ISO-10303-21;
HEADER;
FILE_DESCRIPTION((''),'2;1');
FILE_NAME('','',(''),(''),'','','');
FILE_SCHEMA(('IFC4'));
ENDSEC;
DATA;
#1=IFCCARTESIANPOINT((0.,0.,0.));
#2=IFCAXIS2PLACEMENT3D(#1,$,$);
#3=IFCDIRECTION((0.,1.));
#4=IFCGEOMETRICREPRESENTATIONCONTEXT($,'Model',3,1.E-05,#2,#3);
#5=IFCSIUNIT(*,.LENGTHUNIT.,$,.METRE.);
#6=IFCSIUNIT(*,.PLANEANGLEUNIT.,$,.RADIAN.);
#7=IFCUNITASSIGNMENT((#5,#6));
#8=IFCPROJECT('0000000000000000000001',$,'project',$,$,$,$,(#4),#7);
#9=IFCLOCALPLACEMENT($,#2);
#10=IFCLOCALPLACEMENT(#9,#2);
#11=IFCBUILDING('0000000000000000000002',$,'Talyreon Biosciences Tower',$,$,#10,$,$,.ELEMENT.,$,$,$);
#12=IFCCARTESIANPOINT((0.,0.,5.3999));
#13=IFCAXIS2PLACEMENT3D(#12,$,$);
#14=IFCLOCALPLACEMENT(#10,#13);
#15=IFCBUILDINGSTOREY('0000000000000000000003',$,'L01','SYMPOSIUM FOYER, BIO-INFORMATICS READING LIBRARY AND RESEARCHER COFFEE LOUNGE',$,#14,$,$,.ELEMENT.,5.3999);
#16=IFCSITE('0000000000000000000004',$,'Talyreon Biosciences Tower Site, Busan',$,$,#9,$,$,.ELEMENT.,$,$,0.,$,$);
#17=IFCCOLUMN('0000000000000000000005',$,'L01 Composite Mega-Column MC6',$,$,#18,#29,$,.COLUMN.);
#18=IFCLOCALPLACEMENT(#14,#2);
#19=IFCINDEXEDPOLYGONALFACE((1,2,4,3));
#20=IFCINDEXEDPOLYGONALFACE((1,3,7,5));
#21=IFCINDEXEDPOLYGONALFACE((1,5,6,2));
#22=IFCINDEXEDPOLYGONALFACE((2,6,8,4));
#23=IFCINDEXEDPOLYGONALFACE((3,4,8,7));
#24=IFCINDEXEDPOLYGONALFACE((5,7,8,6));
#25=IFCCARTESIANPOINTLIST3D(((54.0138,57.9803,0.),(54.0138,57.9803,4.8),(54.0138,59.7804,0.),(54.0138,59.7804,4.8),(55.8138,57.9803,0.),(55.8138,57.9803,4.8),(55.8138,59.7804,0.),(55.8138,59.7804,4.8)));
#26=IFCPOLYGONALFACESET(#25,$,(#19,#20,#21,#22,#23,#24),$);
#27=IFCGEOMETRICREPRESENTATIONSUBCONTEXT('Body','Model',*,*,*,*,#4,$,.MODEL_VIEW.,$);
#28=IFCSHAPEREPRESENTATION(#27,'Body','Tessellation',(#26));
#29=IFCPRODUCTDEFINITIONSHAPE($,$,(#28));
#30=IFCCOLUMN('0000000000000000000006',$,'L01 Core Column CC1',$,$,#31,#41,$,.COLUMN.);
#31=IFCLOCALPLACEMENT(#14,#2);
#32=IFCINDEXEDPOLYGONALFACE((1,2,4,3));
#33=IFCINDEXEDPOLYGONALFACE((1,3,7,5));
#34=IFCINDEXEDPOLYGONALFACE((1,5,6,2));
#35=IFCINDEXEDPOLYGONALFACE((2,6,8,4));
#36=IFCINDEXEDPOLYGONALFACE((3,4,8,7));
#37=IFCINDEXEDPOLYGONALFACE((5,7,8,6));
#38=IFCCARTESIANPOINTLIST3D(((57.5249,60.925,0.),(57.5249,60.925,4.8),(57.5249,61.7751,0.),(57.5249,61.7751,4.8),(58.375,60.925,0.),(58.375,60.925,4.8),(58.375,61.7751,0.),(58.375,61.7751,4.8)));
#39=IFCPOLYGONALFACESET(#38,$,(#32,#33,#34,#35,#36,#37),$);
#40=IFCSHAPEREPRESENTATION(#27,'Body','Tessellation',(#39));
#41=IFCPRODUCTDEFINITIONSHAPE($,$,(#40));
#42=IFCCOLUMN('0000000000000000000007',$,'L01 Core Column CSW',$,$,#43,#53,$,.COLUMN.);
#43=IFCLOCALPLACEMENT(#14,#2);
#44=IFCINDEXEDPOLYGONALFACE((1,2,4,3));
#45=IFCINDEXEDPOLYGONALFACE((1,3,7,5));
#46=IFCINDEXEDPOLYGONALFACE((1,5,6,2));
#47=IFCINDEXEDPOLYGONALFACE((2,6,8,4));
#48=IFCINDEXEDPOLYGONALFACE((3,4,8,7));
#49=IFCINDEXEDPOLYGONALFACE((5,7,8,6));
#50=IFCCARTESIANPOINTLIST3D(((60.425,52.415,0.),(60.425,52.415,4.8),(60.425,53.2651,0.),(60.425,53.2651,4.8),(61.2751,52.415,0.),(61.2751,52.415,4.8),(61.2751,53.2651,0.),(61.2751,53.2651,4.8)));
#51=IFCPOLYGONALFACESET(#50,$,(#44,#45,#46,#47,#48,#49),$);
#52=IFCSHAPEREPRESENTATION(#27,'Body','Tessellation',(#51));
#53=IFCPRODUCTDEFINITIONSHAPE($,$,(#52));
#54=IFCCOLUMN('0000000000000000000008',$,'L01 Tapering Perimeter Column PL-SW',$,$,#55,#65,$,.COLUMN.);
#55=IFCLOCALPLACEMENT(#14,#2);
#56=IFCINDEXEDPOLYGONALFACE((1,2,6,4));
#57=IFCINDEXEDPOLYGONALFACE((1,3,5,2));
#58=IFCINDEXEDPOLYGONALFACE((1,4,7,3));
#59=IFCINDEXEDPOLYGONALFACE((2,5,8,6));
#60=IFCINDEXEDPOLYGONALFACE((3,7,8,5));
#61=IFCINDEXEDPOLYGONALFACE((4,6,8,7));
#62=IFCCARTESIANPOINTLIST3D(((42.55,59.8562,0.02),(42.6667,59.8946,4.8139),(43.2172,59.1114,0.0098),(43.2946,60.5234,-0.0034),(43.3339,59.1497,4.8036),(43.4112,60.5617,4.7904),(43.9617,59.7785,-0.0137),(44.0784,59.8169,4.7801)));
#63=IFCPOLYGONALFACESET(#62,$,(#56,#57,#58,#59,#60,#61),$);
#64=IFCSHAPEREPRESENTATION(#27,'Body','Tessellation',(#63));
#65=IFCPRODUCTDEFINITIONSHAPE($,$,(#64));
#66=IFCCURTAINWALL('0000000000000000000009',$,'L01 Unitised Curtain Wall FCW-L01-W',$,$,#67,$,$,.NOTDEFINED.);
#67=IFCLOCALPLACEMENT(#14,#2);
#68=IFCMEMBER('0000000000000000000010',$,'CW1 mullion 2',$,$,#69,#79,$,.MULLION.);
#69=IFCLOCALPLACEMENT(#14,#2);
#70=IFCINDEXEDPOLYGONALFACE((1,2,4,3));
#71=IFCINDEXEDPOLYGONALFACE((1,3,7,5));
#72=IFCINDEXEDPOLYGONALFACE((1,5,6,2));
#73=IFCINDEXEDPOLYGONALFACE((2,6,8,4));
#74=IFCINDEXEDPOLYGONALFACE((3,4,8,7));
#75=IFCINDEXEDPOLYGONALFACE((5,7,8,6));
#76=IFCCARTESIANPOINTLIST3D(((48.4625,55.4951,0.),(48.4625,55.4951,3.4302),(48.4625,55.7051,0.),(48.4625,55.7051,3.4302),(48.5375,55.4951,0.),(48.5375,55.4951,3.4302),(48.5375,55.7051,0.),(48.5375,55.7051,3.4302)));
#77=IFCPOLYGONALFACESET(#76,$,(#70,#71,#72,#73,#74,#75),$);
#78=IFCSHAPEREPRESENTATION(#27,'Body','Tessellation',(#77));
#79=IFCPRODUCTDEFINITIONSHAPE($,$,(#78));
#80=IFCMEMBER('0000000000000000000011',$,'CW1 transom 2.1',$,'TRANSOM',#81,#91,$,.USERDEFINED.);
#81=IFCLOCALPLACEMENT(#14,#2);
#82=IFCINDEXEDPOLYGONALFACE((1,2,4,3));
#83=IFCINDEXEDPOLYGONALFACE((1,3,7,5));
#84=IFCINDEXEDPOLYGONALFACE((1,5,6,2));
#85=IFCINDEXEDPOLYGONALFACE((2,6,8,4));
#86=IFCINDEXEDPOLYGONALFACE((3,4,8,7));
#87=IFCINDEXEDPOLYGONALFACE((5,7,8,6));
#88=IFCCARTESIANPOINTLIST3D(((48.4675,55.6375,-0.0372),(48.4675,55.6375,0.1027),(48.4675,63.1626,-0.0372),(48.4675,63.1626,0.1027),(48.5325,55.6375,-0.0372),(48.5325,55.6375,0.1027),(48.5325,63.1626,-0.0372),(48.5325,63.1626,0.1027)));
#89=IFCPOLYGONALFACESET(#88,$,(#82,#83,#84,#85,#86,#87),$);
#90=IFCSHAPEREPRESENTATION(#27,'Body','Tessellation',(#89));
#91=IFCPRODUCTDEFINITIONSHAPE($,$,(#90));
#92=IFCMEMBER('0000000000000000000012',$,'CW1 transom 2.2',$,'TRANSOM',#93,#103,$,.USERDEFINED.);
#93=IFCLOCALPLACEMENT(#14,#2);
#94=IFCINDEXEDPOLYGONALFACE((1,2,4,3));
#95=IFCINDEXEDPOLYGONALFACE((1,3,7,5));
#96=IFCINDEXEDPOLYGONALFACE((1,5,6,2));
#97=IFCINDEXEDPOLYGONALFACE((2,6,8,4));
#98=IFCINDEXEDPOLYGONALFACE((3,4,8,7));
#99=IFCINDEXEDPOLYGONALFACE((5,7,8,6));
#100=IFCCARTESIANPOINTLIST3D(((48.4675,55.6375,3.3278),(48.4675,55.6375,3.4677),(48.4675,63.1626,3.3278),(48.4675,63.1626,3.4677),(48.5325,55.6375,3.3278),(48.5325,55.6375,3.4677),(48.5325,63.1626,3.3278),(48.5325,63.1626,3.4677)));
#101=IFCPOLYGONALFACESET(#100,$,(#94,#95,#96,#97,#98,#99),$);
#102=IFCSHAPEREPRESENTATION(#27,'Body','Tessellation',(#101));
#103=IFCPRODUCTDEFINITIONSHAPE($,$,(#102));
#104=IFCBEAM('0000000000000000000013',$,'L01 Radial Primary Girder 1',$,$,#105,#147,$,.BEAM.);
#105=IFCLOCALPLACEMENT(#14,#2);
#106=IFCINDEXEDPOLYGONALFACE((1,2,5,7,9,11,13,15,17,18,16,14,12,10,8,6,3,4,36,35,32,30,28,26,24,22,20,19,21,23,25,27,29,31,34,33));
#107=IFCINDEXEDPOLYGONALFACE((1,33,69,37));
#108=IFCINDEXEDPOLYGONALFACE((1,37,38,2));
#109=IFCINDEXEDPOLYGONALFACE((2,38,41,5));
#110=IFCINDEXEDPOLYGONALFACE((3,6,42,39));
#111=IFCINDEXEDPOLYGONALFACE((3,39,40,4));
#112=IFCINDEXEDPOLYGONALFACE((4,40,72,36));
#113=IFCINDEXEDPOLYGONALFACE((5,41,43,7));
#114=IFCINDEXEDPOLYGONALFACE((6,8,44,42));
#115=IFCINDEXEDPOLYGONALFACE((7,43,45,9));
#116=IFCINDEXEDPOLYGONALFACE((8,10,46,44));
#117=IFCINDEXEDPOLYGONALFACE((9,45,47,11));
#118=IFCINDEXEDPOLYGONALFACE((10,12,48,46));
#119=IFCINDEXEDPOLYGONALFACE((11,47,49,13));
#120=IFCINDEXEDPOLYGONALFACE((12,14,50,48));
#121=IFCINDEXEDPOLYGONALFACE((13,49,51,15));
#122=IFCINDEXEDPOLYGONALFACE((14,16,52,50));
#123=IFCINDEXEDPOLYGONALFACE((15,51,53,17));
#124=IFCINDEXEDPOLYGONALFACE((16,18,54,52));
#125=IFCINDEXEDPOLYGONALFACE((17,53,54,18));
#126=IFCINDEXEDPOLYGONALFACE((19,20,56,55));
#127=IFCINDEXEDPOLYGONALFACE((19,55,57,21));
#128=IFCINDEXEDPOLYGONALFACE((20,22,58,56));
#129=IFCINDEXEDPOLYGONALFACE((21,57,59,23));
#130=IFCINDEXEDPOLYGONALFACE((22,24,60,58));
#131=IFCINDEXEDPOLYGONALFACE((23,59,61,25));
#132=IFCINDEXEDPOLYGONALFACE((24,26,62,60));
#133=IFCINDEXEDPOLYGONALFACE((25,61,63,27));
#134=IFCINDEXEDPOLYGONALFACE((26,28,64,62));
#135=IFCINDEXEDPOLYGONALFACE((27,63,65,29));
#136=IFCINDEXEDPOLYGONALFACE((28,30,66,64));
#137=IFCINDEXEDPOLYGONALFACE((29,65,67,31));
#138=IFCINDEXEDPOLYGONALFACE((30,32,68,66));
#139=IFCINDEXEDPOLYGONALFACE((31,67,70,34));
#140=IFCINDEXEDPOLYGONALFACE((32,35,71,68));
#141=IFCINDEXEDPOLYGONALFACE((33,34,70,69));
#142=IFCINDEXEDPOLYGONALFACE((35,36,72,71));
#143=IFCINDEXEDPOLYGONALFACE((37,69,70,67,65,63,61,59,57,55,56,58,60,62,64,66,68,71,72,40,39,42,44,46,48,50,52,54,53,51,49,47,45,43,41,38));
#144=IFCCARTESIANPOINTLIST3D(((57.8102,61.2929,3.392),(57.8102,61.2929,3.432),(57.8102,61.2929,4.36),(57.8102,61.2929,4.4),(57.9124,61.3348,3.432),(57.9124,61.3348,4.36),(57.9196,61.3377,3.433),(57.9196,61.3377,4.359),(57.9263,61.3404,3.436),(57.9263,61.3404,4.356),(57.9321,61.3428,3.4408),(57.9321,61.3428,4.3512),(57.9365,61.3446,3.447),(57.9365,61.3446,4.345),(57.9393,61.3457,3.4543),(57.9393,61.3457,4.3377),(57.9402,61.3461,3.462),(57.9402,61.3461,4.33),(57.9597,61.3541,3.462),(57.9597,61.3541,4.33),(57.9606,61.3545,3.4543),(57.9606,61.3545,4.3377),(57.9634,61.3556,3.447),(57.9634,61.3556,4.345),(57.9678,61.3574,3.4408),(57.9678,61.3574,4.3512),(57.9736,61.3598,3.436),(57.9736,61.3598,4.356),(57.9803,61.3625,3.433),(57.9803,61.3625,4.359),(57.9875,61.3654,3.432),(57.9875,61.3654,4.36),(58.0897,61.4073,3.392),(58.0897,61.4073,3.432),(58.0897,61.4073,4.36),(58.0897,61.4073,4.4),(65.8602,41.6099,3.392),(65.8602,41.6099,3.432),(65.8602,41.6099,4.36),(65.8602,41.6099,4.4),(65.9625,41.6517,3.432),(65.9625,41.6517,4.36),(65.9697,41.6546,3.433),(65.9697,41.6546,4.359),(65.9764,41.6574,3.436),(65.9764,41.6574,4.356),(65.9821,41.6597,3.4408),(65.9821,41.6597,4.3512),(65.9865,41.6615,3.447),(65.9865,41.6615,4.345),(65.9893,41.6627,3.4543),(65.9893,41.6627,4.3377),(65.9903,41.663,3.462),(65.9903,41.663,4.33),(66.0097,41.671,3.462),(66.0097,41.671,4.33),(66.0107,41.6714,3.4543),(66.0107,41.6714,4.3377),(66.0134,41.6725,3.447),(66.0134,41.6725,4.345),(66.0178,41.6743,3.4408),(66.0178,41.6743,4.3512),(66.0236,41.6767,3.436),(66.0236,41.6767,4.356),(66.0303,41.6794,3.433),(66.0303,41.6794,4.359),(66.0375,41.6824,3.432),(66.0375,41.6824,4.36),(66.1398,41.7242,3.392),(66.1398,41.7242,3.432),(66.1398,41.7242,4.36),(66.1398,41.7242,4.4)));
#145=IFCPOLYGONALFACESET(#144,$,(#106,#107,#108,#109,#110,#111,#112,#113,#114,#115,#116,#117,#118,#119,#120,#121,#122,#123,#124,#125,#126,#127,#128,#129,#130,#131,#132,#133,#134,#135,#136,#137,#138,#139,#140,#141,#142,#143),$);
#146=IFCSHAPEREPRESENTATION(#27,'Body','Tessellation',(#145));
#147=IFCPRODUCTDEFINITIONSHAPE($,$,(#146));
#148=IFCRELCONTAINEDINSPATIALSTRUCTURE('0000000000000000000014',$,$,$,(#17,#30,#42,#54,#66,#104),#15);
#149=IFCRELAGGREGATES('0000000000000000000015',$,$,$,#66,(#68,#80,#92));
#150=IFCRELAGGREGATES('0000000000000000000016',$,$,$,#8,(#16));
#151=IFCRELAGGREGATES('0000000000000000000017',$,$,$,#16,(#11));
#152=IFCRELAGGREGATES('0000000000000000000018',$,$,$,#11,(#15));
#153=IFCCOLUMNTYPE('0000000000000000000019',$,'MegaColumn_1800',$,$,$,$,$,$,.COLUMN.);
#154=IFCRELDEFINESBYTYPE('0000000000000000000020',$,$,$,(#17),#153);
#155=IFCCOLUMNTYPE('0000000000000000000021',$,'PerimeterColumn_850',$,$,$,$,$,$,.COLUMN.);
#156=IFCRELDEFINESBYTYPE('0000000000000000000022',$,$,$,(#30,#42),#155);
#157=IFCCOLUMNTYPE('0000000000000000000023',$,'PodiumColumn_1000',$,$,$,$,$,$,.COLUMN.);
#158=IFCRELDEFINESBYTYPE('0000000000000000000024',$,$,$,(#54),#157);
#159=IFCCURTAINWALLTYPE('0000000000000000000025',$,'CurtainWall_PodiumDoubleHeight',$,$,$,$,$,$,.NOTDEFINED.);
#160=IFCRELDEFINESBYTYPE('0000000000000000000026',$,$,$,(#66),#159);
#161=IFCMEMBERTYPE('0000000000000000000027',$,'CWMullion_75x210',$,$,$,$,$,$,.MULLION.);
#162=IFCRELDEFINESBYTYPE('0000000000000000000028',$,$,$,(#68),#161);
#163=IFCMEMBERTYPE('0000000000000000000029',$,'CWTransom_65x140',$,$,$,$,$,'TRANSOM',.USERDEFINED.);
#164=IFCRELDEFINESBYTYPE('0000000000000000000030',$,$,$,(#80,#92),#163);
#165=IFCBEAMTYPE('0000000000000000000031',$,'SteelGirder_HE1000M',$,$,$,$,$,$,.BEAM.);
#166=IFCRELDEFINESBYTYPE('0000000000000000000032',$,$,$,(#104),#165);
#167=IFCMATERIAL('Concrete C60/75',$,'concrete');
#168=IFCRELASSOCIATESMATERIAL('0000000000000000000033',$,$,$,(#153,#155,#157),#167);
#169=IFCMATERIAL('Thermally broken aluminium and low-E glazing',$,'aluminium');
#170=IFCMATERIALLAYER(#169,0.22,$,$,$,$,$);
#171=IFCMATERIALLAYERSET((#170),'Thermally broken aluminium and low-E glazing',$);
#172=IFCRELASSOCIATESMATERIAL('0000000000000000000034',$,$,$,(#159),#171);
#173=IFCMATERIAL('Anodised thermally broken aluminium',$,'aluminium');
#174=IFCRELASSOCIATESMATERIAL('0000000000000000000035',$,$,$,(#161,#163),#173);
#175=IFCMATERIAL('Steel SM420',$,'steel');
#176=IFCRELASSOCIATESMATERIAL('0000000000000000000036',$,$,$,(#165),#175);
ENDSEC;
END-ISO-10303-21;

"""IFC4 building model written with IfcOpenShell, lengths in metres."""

from ifc_helpers import new_model, si_unit, direction, frame, origin, origin_2d, place, context, subcontext, project, spatial, rectangle, i_section, extrude, material, layer, layer_set, material_profile, profile_set, type_object, element, aggregate, save


model = new_model("IFC4")

# Units and contexts
model_context = context("Model", 3, precision=1e-05, world=origin(), true_north=direction((0.0, 1.0)))
body_context = subcontext(model_context, "Body", "Model", "MODEL_VIEW")
ifc_project = project(units=[si_unit("LENGTHUNIT", "METRE"), si_unit("PLANEANGLEUNIT", "RADIAN")], contexts=[model_context])

# Site, building, storey
site_placement = place(None, origin())
site = spatial("IfcSite", under=ifc_project, at=site_placement, Name="Talyreon Biosciences Tower Site, Busan", CompositionType="ELEMENT", RefElevation=0.0)
building_placement = place(site_placement, origin())
building = spatial("IfcBuilding", under=site, at=building_placement, Name="Talyreon Biosciences Tower", CompositionType="ELEMENT")
storey_placement = place(building_placement, frame((0.0, 0.0, 5.3999)))
storey = spatial("IfcBuildingStorey", under=building, at=storey_placement, Name="L01", Description="SYMPOSIUM FOYER, BIO-INFORMATICS READING LIBRARY AND RESEARCHER COFFEE LOUNGE", CompositionType="ELEMENT", Elevation=5.3999)

# Columns
ifc_material_1 = material(Name="Concrete C60/75", Category="concrete")
ifc_material_profile_1 = material_profile(ifc_material_1, rectangle(XDim=1.8, YDim=1.8, at=origin_2d()), Name="RC 1800x1800")
ifc_profile_set_1 = profile_set([ifc_material_profile_1], Name="Concrete C60/75")
column_type_1 = type_object("IfcColumnType", Name="MegaColumn_1800", PredefinedType="COLUMN", material=ifc_profile_set_1)
column_1_placement = place(storey_placement, frame((54.9138, 58.8804, 0.0), z_axis=(0.0, 0.0, 1.0), x_axis=(1.0, 0.0, 0.0)))
element("IfcColumn", 1, at=column_1_placement, inside=storey, type_object=column_type_1, Name="L01 Composite Mega-Column MC6", PredefinedType="COLUMN", context=body_context, shape_type="SweptSolid", body=[
    extrude(rectangle(XDim=1.8, YDim=1.8, at=origin_2d()), origin(), (0.0, 0.0, 1.0), 4.8),
])
ifc_material_profile_2 = material_profile(ifc_material_1, rectangle(XDim=0.8501, YDim=0.8501, at=origin_2d()), Name="RC 850x850")
ifc_profile_set_2 = profile_set([ifc_material_profile_2], Name="Concrete C60/75")
column_type_2 = type_object("IfcColumnType", Name="PerimeterColumn_850", PredefinedType="COLUMN", material=ifc_profile_set_2)
for number, where, z_axis, x_axis, name in (
    (2, (57.95, 61.3501, 0.0), (0.0, 0.0, 1.0), (1.0, 0.0, 0.0), "L01 Core Column CC1"),
    (3, (60.8501, 52.8401, 0.0), (0.0, 0.0, 1.0), (1.0, 0.0, 0.0), "L01 Core Column CSW"),
):
    element("IfcColumn", number, at=place(storey_placement, frame(where, z_axis=z_axis, x_axis=x_axis)), inside=storey, type_object=column_type_2, Name=name, PredefinedType="COLUMN", context=body_context, shape_type="SweptSolid", body=[
        extrude(rectangle(XDim=0.8501, YDim=0.8501, at=origin_2d()), origin(), (0.0, 0.0, 1.0), 4.8),
    ])
ifc_material_profile_3 = material_profile(ifc_material_1, rectangle(XDim=1.0, YDim=1.0, at=origin_2d()), Name="RC 1000x1000")
ifc_profile_set_3 = profile_set([ifc_material_profile_3], Name="Concrete C60/75")
column_type_3 = type_object("IfcColumnType", Name="PodiumColumn_1000", PredefinedType="COLUMN", material=ifc_profile_set_3)
column_2_placement = place(storey_placement, frame((43.2559, 59.8174, 0.0032), z_axis=(0.024335, 0.007993, 0.999672), x_axis=(0.744529, 0.667178, -0.023459)))
element("IfcColumn", 4, at=column_2_placement, inside=storey, type_object=column_type_3, Name="L01 Tapering Perimeter Column PL-SW", PredefinedType="COLUMN", context=body_context, shape_type="SweptSolid", body=[
    extrude(rectangle(XDim=1.0, YDim=1.0, at=origin_2d()), origin(), (0.0, 0.0, 1.0), 4.7954),
])

# Curtain wall, members
ifc_material_2 = material(Name="Thermally broken aluminium and low-E glazing", Category="aluminium")
ifc_layer_1 = layer(ifc_material_2, 0.22)
ifc_layer_set_1 = layer_set([ifc_layer_1], Name="Thermally broken aluminium and low-E glazing")
curtain_wall_type = type_object("IfcCurtainWallType", Name="CurtainWall_PodiumDoubleHeight", PredefinedType="NOTDEFINED", material=ifc_layer_set_1)
curtain_wall_placement = place(storey_placement, origin())
curtain_wall = element("IfcCurtainWall", 5, at=curtain_wall_placement, inside=storey, type_object=curtain_wall_type, Name="L01 Unitised Curtain Wall FCW-L01-W", PredefinedType="NOTDEFINED")
ifc_material_3 = material(Name="Anodised thermally broken aluminium", Category="aluminium")
ifc_material_profile_4 = material_profile(ifc_material_3, rectangle(XDim=0.075, YDim=0.21, at=origin_2d()), Name="ALUM MULLION 75x210")
ifc_profile_set_4 = profile_set([ifc_material_profile_4], Name="Anodised thermally broken aluminium")
member_type_1 = type_object("IfcMemberType", Name="CWMullion_75x210", PredefinedType="MULLION", material=ifc_profile_set_4)
member_1_placement = place(storey_placement, frame((48.5, 55.6001, 0.0), z_axis=(0.0, 0.0, 1.0), x_axis=(-1.0, 0.0, 0.0)))
member_1 = element("IfcMember", 6, at=member_1_placement, type_object=member_type_1, Name="CW1 mullion 2", PredefinedType="MULLION", context=body_context, shape_type="SweptSolid", body=[
    extrude(rectangle(XDim=0.075, YDim=0.21, at=origin_2d()), origin(), (0.0, 0.0, 1.0), 3.4302),
])
ifc_material_profile_5 = material_profile(ifc_material_3, rectangle(XDim=0.0649, YDim=0.1399, at=origin_2d()), Name="ALUM TRANSOM 65x140")
ifc_profile_set_5 = profile_set([ifc_material_profile_5], Name="Anodised thermally broken aluminium")
member_type_2 = type_object("IfcMemberType", Name="CWTransom_65x140", ElementType="TRANSOM", PredefinedType="USERDEFINED", material=ifc_profile_set_5)
member_2_placement = place(storey_placement, frame((48.5, 55.6375, 0.0327), z_axis=(0.0, 1.0, 0.0), x_axis=(-1.0, 0.0, 0.0)))
member_2 = element("IfcMember", 7, at=member_2_placement, type_object=member_type_2, Name="CW1 transom 2.1", ObjectType="TRANSOM", PredefinedType="USERDEFINED", context=body_context, shape_type="SweptSolid", body=[
    extrude(rectangle(XDim=0.0649, YDim=0.1399, at=origin_2d()), origin(), (0.0, 0.0, 1.0), 7.5251),
])
member_3_placement = place(storey_placement, frame((48.5, 55.6375, 3.3977), z_axis=(0.0, 1.0, 0.0), x_axis=(-1.0, 0.0, 0.0)))
member_3 = element("IfcMember", 8, at=member_3_placement, type_object=member_type_2, Name="CW1 transom 2.2", ObjectType="TRANSOM", PredefinedType="USERDEFINED", context=body_context, shape_type="SweptSolid", body=[
    extrude(rectangle(XDim=0.0649, YDim=0.1399, at=origin_2d()), origin(), (0.0, 0.0, 1.0), 7.5251),
])

# Beam
ifc_material_4 = material(Name="Steel SM420", Category="steel")
ifc_material_profile_6 = material_profile(ifc_material_4, i_section(OverallWidth=0.302, OverallDepth=1.0081, WebThickness=0.021, FlangeThickness=0.04, FilletRadius=0.03, at=origin_2d()), Name="HE1000M")
ifc_profile_set_6 = profile_set([ifc_material_profile_6], Name="Steel SM420")
beam_type_1 = type_object("IfcBeamType", Name="SteelGirder_HE1000M", PredefinedType="BEAM", material=ifc_profile_set_6)
beam_1_placement = place(storey_placement, frame((57.95, 61.3501, 3.896), z_axis=(0.378547, -0.925582, 0.0), x_axis=(0.925582, 0.378547, 0.0)))
element("IfcBeam", 9, at=beam_1_placement, inside=storey, type_object=beam_type_1, Name="L01 Radial Primary Girder 1", PredefinedType="BEAM", context=body_context, shape_type="SweptSolid", body=[
    extrude(i_section(OverallWidth=0.302, OverallDepth=1.0081, WebThickness=0.021, FlangeThickness=0.04, FilletRadius=0.03, at=origin_2d()), origin(), (0.0, 0.0, 1.0), 21.2656),
])

aggregate(curtain_wall, [member_1, member_2, member_3])

save(model, "model.ifc")
